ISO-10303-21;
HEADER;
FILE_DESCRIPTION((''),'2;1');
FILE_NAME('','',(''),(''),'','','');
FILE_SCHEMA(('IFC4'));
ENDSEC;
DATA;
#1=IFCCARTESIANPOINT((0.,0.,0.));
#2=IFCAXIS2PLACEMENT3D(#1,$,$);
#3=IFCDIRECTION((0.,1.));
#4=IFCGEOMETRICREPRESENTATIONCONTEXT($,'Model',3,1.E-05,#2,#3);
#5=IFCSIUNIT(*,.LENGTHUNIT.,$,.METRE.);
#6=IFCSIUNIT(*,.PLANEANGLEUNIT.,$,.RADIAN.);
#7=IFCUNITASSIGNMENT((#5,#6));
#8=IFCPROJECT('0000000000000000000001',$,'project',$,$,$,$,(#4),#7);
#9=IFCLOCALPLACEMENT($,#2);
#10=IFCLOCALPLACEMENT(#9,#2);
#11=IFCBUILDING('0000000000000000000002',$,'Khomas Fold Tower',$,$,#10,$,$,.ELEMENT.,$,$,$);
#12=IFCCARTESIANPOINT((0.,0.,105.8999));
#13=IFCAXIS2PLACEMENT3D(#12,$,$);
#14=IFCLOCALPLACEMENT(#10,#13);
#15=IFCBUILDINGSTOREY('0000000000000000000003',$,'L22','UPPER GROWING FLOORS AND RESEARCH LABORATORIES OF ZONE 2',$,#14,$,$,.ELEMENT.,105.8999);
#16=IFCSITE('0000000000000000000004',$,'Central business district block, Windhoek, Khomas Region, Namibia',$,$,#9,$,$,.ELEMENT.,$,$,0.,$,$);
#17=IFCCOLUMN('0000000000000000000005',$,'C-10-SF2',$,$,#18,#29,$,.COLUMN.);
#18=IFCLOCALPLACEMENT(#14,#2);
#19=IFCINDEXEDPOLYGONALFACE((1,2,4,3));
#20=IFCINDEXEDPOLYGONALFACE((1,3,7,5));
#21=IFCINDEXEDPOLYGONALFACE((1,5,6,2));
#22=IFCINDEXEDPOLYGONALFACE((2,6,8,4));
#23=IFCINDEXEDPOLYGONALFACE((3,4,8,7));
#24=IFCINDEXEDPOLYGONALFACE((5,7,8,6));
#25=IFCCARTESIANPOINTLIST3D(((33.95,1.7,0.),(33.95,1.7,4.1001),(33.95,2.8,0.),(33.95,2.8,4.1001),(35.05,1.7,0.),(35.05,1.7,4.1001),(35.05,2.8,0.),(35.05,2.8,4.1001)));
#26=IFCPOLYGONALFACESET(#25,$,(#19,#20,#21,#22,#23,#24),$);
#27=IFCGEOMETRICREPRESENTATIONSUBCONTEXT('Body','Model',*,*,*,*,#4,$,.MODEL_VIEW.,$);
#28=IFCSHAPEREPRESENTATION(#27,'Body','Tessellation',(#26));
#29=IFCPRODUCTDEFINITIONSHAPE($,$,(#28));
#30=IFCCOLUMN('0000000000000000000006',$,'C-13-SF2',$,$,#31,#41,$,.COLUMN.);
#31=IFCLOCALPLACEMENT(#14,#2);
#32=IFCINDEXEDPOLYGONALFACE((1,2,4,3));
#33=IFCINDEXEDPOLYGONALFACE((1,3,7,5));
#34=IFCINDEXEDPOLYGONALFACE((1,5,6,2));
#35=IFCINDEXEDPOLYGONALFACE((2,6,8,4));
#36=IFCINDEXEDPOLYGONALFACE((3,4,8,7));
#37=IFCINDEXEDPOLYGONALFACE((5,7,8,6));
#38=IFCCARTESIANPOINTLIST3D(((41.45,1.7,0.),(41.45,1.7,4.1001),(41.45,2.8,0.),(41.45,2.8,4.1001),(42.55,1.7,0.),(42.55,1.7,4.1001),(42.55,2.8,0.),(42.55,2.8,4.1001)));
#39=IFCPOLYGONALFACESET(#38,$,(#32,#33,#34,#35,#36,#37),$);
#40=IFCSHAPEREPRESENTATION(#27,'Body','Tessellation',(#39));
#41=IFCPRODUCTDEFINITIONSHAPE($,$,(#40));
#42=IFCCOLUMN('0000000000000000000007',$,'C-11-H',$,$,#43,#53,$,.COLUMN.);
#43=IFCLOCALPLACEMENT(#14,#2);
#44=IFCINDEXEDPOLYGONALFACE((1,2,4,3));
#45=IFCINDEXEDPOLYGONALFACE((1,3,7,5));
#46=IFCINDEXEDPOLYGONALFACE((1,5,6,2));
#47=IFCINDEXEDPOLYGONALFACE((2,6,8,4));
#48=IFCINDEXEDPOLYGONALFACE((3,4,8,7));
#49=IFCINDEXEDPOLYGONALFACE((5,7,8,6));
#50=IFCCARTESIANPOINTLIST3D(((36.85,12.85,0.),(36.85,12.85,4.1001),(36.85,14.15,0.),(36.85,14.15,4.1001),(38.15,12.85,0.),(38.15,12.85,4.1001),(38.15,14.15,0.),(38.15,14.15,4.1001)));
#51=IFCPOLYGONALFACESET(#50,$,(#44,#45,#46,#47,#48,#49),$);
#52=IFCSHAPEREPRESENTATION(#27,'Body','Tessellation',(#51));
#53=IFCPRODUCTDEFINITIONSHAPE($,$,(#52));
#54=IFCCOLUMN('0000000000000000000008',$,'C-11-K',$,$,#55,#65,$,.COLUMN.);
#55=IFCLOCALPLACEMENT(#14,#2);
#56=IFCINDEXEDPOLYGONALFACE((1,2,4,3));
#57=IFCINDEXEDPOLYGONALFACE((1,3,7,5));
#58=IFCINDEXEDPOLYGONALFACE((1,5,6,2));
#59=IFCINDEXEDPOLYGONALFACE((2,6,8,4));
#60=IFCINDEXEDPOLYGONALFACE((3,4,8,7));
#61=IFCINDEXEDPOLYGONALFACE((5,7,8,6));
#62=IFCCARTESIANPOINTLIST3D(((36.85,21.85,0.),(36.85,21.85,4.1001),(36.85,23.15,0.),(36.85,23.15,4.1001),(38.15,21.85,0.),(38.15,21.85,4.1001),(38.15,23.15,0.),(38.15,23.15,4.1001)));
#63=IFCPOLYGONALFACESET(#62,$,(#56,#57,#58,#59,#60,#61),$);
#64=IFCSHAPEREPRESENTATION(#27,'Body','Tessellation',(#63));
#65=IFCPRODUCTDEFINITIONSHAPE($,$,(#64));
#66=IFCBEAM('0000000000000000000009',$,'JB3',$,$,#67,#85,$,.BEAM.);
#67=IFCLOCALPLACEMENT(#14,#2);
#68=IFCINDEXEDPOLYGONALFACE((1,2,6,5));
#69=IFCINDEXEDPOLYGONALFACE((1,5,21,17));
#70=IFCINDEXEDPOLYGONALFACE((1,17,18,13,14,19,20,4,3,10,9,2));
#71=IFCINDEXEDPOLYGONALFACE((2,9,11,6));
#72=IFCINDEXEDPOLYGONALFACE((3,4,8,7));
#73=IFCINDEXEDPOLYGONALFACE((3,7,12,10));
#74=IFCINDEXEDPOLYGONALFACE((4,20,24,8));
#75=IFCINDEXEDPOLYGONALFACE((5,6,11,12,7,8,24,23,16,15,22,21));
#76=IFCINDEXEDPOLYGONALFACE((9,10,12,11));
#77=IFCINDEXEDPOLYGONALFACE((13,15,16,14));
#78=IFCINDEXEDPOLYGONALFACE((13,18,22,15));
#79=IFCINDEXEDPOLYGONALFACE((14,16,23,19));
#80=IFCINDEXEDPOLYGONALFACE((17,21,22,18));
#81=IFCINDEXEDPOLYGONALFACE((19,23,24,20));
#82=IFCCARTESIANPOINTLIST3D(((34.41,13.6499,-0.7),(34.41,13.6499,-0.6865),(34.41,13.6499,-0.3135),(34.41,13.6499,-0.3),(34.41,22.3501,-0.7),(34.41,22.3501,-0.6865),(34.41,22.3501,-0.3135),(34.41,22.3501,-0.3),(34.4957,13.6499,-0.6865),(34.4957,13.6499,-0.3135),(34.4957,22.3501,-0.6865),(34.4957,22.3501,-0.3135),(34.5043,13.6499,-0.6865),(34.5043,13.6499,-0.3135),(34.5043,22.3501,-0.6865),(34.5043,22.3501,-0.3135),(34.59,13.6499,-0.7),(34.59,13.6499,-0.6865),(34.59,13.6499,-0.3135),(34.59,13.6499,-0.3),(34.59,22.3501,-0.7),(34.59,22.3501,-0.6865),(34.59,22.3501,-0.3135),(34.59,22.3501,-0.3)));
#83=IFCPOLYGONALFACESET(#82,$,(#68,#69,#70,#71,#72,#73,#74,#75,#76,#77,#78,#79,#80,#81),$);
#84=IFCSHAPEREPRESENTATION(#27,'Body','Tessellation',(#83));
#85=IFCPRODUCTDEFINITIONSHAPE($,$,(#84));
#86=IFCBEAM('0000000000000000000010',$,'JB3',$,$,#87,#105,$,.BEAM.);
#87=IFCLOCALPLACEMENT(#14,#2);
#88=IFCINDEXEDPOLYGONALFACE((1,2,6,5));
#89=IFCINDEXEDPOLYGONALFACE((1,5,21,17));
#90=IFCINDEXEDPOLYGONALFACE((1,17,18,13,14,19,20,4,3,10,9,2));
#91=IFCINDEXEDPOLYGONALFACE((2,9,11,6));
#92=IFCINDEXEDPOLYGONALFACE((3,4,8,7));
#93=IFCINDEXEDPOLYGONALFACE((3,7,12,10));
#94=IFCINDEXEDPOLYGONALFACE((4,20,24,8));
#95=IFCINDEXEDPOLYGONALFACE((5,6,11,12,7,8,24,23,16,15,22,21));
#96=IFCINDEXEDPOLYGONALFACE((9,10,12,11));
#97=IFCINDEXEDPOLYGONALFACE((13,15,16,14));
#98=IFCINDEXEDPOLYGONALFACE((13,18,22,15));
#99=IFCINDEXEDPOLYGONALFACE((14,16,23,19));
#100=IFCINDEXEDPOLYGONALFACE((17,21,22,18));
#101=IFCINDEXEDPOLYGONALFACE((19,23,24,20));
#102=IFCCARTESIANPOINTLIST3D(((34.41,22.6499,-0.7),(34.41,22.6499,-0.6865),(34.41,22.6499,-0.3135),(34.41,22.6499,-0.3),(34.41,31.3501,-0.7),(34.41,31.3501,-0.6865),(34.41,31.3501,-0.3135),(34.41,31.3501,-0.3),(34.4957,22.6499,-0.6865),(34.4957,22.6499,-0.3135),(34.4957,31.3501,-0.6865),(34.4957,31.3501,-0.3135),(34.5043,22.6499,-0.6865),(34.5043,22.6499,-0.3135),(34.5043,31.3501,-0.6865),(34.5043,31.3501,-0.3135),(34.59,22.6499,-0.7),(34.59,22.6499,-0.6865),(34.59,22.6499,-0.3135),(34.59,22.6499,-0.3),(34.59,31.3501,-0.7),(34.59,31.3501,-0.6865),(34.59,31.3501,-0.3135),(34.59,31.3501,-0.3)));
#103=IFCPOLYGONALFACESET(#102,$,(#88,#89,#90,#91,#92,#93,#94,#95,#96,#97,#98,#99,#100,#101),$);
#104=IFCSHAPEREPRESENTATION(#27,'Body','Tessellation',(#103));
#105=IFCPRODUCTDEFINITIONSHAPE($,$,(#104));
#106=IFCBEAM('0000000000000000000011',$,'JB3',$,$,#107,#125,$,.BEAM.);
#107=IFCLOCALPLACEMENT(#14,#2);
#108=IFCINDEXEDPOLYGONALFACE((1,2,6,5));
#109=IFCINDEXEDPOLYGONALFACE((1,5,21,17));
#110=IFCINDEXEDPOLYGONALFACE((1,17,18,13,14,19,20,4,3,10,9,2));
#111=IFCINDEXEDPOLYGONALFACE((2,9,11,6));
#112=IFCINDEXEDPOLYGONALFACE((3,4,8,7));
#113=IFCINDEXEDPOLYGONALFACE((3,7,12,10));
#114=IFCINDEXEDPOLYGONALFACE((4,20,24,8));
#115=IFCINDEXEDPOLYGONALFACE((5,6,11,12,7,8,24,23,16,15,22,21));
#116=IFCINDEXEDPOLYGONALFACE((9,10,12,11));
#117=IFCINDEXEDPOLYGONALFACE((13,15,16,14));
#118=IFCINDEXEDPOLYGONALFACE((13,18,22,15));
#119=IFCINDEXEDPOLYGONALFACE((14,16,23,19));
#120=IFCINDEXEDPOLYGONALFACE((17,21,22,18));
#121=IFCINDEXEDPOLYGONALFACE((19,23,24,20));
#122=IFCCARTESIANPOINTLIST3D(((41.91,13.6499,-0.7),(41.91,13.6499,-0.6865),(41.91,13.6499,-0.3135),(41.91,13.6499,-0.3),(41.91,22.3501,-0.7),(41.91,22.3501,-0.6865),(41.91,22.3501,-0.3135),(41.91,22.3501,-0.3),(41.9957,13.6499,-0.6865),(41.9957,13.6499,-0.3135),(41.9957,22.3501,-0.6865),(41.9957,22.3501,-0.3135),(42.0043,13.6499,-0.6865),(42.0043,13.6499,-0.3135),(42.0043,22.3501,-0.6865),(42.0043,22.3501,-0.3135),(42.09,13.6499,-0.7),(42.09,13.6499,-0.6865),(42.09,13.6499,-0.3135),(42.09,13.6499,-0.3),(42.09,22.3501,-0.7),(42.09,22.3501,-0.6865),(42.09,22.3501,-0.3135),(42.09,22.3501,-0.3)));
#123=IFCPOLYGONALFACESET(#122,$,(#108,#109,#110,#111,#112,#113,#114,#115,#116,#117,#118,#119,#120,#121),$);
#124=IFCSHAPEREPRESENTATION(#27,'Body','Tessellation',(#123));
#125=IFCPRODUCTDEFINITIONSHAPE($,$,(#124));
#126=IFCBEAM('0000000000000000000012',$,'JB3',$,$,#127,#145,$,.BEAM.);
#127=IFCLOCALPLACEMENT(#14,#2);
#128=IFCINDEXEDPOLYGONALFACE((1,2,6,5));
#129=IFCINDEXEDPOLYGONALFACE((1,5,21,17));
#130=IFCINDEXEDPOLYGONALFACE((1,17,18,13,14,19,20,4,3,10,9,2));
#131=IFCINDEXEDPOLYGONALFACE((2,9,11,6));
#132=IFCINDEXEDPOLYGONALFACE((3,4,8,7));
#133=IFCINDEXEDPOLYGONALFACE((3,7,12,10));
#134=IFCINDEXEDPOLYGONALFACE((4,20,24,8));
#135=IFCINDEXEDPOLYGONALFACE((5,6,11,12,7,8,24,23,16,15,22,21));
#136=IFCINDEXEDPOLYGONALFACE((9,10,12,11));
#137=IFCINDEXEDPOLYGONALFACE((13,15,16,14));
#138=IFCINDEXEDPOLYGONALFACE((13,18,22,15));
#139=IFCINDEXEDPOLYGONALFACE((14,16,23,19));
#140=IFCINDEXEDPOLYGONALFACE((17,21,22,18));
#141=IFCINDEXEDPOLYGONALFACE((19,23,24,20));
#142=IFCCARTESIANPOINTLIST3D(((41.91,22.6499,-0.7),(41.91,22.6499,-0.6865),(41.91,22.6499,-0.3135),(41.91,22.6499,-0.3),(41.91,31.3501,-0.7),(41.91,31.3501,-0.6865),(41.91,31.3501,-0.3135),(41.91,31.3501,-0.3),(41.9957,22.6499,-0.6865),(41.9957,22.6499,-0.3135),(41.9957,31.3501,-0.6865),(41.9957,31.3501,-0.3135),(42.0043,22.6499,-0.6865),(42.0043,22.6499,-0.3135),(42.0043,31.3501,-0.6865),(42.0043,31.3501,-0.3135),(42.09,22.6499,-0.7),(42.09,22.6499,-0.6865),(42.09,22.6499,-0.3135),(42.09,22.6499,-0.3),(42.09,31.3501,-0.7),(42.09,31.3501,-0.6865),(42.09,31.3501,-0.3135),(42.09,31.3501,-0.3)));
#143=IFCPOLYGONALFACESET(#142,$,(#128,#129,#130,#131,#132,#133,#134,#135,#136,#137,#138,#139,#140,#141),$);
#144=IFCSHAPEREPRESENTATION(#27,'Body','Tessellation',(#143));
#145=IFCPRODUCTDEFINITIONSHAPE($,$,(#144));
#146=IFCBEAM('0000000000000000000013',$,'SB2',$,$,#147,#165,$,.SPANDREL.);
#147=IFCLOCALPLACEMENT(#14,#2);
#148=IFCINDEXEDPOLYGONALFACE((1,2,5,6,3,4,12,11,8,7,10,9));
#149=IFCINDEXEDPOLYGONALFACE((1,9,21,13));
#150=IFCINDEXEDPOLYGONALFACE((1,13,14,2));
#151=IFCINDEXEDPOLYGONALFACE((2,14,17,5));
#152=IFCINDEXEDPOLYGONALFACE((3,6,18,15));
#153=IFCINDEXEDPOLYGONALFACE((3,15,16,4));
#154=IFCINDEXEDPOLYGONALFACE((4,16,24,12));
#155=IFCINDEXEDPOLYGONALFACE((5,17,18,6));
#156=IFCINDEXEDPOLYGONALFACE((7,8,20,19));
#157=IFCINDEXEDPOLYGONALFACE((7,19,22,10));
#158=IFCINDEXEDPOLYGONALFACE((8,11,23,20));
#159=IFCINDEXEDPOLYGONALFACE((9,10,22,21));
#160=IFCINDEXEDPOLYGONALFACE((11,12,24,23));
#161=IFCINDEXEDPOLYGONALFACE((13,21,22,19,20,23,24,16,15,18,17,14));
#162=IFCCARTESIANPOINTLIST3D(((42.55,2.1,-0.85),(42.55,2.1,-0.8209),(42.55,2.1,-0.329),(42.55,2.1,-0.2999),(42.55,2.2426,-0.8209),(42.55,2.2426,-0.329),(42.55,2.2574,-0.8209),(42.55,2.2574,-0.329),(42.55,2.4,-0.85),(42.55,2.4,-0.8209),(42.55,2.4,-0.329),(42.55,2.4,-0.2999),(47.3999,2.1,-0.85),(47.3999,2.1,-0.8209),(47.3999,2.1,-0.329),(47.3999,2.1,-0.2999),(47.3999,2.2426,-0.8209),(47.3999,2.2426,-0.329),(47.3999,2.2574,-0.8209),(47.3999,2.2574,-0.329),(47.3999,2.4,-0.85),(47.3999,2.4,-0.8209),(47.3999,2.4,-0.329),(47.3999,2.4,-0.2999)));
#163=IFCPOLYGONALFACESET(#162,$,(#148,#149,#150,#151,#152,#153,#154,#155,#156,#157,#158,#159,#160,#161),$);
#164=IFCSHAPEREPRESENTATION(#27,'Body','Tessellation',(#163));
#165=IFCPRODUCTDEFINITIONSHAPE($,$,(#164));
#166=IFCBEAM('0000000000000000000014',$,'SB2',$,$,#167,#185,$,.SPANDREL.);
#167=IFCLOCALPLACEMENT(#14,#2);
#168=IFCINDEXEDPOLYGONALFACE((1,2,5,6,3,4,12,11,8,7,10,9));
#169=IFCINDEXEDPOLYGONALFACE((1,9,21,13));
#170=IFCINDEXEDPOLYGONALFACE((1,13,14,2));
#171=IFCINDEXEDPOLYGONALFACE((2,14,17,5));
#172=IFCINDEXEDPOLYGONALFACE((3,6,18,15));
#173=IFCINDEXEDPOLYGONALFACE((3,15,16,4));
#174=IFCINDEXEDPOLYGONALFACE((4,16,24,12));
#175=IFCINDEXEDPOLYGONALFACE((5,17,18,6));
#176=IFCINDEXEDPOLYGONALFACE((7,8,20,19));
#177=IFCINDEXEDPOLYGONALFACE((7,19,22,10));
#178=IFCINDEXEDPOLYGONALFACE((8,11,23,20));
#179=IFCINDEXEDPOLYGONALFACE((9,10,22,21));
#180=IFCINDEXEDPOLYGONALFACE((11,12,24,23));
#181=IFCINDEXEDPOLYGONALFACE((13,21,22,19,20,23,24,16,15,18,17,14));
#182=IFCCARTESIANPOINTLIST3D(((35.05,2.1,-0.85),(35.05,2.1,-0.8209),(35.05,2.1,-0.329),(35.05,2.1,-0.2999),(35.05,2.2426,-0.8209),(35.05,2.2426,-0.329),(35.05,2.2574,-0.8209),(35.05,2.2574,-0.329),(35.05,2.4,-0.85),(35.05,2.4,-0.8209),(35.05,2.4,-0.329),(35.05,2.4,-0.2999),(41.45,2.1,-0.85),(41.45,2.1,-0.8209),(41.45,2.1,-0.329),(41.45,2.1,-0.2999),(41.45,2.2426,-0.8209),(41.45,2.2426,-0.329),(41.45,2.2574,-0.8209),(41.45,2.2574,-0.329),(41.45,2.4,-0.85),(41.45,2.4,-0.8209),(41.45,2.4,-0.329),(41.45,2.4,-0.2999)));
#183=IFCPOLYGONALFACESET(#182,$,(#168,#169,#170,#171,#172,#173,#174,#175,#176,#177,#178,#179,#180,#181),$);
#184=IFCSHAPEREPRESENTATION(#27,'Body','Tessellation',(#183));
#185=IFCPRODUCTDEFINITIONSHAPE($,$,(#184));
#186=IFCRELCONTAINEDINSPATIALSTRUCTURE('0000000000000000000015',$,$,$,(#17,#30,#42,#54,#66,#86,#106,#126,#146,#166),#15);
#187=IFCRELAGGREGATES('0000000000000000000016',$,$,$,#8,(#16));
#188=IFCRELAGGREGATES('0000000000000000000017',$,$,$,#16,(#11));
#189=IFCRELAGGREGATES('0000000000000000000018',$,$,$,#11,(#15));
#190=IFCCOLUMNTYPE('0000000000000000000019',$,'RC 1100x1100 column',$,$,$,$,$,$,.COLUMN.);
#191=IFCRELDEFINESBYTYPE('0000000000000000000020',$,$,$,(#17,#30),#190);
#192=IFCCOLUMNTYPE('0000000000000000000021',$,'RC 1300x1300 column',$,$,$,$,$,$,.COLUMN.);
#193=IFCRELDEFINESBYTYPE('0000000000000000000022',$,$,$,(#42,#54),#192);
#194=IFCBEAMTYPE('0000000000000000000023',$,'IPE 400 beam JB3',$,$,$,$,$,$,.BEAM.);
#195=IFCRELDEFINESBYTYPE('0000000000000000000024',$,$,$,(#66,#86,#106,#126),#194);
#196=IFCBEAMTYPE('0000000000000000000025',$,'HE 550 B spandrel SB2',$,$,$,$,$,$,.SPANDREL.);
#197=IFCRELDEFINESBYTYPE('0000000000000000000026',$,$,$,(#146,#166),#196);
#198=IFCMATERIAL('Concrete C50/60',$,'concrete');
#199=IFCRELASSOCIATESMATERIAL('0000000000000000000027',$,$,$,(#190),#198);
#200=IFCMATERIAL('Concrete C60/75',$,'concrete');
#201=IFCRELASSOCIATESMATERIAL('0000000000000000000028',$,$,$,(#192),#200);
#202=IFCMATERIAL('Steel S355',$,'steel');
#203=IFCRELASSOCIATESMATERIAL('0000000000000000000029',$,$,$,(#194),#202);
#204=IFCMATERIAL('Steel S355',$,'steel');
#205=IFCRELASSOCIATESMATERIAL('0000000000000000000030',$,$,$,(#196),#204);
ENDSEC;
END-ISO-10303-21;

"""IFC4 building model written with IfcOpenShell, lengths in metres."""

from ifc_helpers import new_model, si_unit, direction, frame, origin, origin_2d, place, context, subcontext, project, spatial, rectangle, i_section, extrude, source, transform, mapped, material, material_profile, profile_set, type_object, element, save


model = new_model("IFC4")

# Units and contexts
model_context = context("Model", 3, precision=1e-05, world=origin(), true_north=direction((0.0, 1.0)))
body_context = subcontext(model_context, "Body", "Model", "MODEL_VIEW")
ifc_project = project(units=[si_unit("LENGTHUNIT", "METRE"), si_unit("PLANEANGLEUNIT", "RADIAN")], contexts=[model_context])

# Site, building, storey
site_placement = place(None, origin())
site = spatial("IfcSite", under=ifc_project, at=site_placement, Name="Central business district block, Windhoek, Khomas Region, Namibia", CompositionType="ELEMENT", RefElevation=0.0)
building_placement = place(site_placement, origin())
building = spatial("IfcBuilding", under=site, at=building_placement, Name="Khomas Fold Tower", CompositionType="ELEMENT")
storey_placement = place(building_placement, frame((0.0, 0.0, 105.8999)))
storey = spatial("IfcBuildingStorey", under=building, at=storey_placement, Name="L22", Description="UPPER GROWING FLOORS AND RESEARCH LABORATORIES OF ZONE 2", CompositionType="ELEMENT", Elevation=105.8999)

# Columns
ifc_material_1 = material(Name="Concrete C50/60", Category="concrete")
ifc_material_profile_1 = material_profile(ifc_material_1, rectangle(XDim=1.1001, YDim=1.1001, at=origin_2d()), Name="RC 1100x1100")
ifc_profile_set_1 = profile_set([ifc_material_profile_1], Name="Concrete C50/60")
column_type_1 = type_object("IfcColumnType", Name="RC 1100x1100 column", PredefinedType="COLUMN", material=ifc_profile_set_1)
shared_shape_1 = source(origin(), body_context, "Body", "SweptSolid", [
    extrude(rectangle(XDim=1.1001, YDim=1.1001, at=origin_2d()), origin(), (0.0, 0.0, 1.0), 4.1001),
])
for number, where, z_axis, x_axis, name in (
    (1, (34.5, 2.25, 0.0), (0.0, 0.0, 1.0), (1.0, 0.0, 0.0), "C-10-SF2"),
    (2, (42.0, 2.25, 0.0), (0.0, 0.0, 1.0), (1.0, 0.0, 0.0), "C-13-SF2"),
):
    element("IfcColumn", number, at=place(storey_placement, frame(where, z_axis=z_axis, x_axis=x_axis)), inside=storey, type_object=column_type_1, Name=name, PredefinedType="COLUMN", context=body_context, shape_type="MappedRepresentation", body=[
        mapped(shared_shape_1, transform((0.0, 0.0, 0.0))),
    ])
ifc_material_2 = material(Name="Concrete C60/75", Category="concrete")
ifc_material_profile_2 = material_profile(ifc_material_2, rectangle(XDim=1.3, YDim=1.3, at=origin_2d()), Name="RC 1300x1300")
ifc_profile_set_2 = profile_set([ifc_material_profile_2], Name="Concrete C60/75")
column_type_2 = type_object("IfcColumnType", Name="RC 1300x1300 column", PredefinedType="COLUMN", material=ifc_profile_set_2)
shared_shape_2 = source(origin(), body_context, "Body", "SweptSolid", [
    extrude(rectangle(XDim=1.3, YDim=1.3, at=origin_2d()), origin(), (0.0, 0.0, 1.0), 4.1001),
])
for number, where, z_axis, x_axis, name in (
    (3, (37.5, 13.5, 0.0), (0.0, 0.0, 1.0), (1.0, 0.0, 0.0), "C-11-H"),
    (4, (37.5, 22.5, 0.0), (0.0, 0.0, 1.0), (1.0, 0.0, 0.0), "C-11-K"),
):
    element("IfcColumn", number, at=place(storey_placement, frame(where, z_axis=z_axis, x_axis=x_axis)), inside=storey, type_object=column_type_2, Name=name, PredefinedType="COLUMN", context=body_context, shape_type="MappedRepresentation", body=[
        mapped(shared_shape_2, transform((0.0, 0.0, 0.0))),
    ])

# Beams
ifc_material_3 = material(Name="Steel S355", Category="steel")
ifc_material_profile_3 = material_profile(ifc_material_3, i_section(OverallWidth=0.1799, OverallDepth=0.3999, WebThickness=0.0085, FlangeThickness=0.0134, at=origin_2d()), Name="IPE 400")
ifc_profile_set_3 = profile_set([ifc_material_profile_3], Name="Steel S355")
beam_type_1 = type_object("IfcBeamType", Name="IPE 400 beam JB3", PredefinedType="BEAM", material=ifc_profile_set_3)
shared_shape_3 = source(origin(), body_context, "Body", "SweptSolid", [
    extrude(i_section(OverallWidth=0.1799, OverallDepth=0.3999, WebThickness=0.0085, FlangeThickness=0.0134, at=origin_2d()), origin(), (0.0, 0.0, 1.0), 8.7002),
])
for number, where, z_axis, x_axis, name in (
    (5, (34.5, 13.6499, -0.5), (0.0, 1.0, 0.0), (-1.0, 0.0, 0.0), "JB3"),
    (6, (34.5, 22.6499, -0.5), (0.0, 1.0, 0.0), (-1.0, 0.0, 0.0), "JB3"),
    (7, (42.0, 13.6499, -0.5), (0.0, 1.0, 0.0), (-1.0, 0.0, 0.0), "JB3"),
    (8, (42.0, 22.6499, -0.5), (0.0, 1.0, 0.0), (-1.0, 0.0, 0.0), "JB3"),
):
    element("IfcBeam", number, at=place(storey_placement, frame(where, z_axis=z_axis, x_axis=x_axis)), inside=storey, type_object=beam_type_1, Name=name, PredefinedType="BEAM", context=body_context, shape_type="MappedRepresentation", body=[
        mapped(shared_shape_3, transform((0.0, 0.0, 0.0))),
    ])
ifc_material_4 = material(Name="Steel S355", Category="steel")
ifc_material_profile_4 = material_profile(ifc_material_4, i_section(OverallWidth=0.3, OverallDepth=0.55, WebThickness=0.0149, FlangeThickness=0.0291, at=origin_2d()), Name="HE 550 B")
ifc_profile_set_4 = profile_set([ifc_material_profile_4], Name="Steel S355")
beam_type_2 = type_object("IfcBeamType", Name="HE 550 B spandrel SB2", PredefinedType="SPANDREL", material=ifc_profile_set_4)
shared_shape_4 = source(origin(), body_context, "Body", "SweptSolid", [
    extrude(i_section(OverallWidth=0.3, OverallDepth=0.55, WebThickness=0.0149, FlangeThickness=0.0291, at=origin_2d()), origin(), (0.0, 0.0, 1.0), 4.8499),
])
beam_1_placement = place(storey_placement, frame((42.55, 2.25, -0.575), z_axis=(1.0, 0.0, 0.0), x_axis=(0.0, 1.0, 0.0)))
element("IfcBeam", 9, at=beam_1_placement, inside=storey, type_object=beam_type_2, Name="SB2", PredefinedType="SPANDREL", context=body_context, shape_type="MappedRepresentation", body=[
    mapped(shared_shape_4, transform((0.0, 0.0, 0.0))),
])
shared_shape_5 = source(origin(), body_context, "Body", "SweptSolid", [
    extrude(i_section(OverallWidth=0.3, OverallDepth=0.55, WebThickness=0.0149, FlangeThickness=0.0291, at=origin_2d()), origin(), (0.0, 0.0, 1.0), 6.3999),
])
beam_2_placement = place(storey_placement, frame((35.05, 2.25, -0.575), z_axis=(1.0, 0.0, 0.0), x_axis=(0.0, 1.0, 0.0)))
element("IfcBeam", 10, at=beam_2_placement, inside=storey, type_object=beam_type_2, Name="SB2", PredefinedType="SPANDREL", context=body_context, shape_type="MappedRepresentation", body=[
    mapped(shared_shape_5, transform((0.0, 0.0, 0.0))),
])

save(model, "model.ifc")
